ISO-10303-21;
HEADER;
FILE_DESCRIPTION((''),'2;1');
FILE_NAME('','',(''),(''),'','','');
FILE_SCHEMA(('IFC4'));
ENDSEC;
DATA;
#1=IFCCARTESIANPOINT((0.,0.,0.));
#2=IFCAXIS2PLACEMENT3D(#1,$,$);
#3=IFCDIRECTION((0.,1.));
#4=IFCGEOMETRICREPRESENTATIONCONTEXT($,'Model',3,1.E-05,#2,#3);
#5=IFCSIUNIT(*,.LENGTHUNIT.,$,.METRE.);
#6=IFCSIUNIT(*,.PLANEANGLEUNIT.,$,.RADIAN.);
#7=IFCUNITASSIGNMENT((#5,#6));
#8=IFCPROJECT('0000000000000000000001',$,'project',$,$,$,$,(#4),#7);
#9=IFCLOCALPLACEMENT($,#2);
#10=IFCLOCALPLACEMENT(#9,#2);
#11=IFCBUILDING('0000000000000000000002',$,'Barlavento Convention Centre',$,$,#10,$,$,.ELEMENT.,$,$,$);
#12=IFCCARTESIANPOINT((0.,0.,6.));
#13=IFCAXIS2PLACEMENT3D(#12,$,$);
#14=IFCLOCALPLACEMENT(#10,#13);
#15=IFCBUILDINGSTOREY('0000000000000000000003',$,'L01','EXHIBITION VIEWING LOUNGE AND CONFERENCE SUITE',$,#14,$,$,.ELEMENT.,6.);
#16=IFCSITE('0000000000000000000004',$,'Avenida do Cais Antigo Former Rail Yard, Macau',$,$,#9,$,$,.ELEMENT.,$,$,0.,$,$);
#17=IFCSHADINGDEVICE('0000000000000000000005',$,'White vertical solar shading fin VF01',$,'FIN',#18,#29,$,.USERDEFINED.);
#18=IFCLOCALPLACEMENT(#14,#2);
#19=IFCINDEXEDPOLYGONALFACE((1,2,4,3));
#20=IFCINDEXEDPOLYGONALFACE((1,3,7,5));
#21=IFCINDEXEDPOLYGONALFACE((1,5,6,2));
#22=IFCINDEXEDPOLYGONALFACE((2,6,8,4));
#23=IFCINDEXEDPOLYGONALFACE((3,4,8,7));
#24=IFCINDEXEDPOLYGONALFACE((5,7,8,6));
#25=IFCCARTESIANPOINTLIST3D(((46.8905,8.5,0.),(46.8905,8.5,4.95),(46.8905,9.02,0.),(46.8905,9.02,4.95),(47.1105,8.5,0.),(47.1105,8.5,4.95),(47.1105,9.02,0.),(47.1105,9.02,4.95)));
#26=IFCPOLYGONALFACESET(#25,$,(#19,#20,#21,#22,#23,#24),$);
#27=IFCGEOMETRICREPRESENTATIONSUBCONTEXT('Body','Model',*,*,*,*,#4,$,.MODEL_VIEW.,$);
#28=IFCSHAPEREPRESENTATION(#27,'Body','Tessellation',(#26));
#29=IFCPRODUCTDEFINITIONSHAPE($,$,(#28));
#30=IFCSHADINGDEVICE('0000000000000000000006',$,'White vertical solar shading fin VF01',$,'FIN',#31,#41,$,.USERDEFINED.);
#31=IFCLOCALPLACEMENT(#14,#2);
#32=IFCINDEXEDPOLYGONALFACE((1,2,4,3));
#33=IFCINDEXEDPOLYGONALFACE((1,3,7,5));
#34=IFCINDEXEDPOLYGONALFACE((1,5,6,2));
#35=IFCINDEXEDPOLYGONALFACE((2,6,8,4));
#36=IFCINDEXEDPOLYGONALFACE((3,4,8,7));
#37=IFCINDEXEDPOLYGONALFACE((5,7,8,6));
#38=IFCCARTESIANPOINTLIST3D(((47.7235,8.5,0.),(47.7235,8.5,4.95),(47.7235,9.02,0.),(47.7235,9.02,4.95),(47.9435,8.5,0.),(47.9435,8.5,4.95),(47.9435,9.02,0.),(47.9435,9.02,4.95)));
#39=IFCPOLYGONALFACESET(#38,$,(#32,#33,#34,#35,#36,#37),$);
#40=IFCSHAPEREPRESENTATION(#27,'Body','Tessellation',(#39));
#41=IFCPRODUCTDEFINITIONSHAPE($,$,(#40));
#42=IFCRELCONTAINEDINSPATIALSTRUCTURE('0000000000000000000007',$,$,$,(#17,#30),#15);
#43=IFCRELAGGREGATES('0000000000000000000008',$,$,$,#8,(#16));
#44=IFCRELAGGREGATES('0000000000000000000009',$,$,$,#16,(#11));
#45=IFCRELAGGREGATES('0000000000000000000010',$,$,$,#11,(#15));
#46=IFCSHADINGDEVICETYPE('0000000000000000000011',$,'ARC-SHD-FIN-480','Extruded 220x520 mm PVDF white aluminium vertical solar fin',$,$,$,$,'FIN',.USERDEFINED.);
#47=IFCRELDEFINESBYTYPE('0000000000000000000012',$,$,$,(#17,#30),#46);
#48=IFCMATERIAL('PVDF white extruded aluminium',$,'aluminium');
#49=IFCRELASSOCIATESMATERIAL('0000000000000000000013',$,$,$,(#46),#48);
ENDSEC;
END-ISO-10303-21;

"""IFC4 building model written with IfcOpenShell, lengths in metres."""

from ifc_helpers import new_model, si_unit, direction, frame, origin, origin_2d, place, context, subcontext, project, spatial, rectangle, extrude, material, type_object, element, save


model = new_model("IFC4")

# Units and contexts
model_context = context("Model", 3, precision=1e-05, world=origin(), true_north=direction((0.0, 1.0)))
body_context = subcontext(model_context, "Body", "Model", "MODEL_VIEW")
ifc_project = project(units=[si_unit("LENGTHUNIT", "METRE"), si_unit("PLANEANGLEUNIT", "RADIAN")], contexts=[model_context])

# Site, building, storey
site_placement = place(None, origin())
site = spatial("IfcSite", under=ifc_project, at=site_placement, Name="Avenida do Cais Antigo Former Rail Yard, Macau", CompositionType="ELEMENT", RefElevation=0.0)
building_placement = place(site_placement, origin())
building = spatial("IfcBuilding", under=site, at=building_placement, Name="Barlavento Convention Centre", CompositionType="ELEMENT")
storey_placement = place(building_placement, frame((0.0, 0.0, 6.0)))
storey = spatial("IfcBuildingStorey", under=building, at=storey_placement, Name="L01", Description="EXHIBITION VIEWING LOUNGE AND CONFERENCE SUITE", CompositionType="ELEMENT", Elevation=6.0)

# Shading devices
ifc_material_1 = material(Name="PVDF white extruded aluminium", Category="aluminium")
shading_device_type = type_object("IfcShadingDeviceType", Name="ARC-SHD-FIN-480", Description="Extruded 220x520 mm PVDF white aluminium vertical solar fin", ElementType="FIN", PredefinedType="USERDEFINED", material=ifc_material_1)
for number, where, z_axis, x_axis, name in (
    (1, (47.0005, 8.76, 0.0), (0.0, 0.0, 1.0), (1.0, 0.0, 0.0), "White vertical solar shading fin VF01"),
    (2, (47.8335, 8.76, 0.0), (0.0, 0.0, 1.0), (1.0, 0.0, 0.0), "White vertical solar shading fin VF01"),
):
    element("IfcShadingDevice", number, at=place(storey_placement, frame(where, z_axis=z_axis, x_axis=x_axis)), inside=storey, type_object=shading_device_type, Name=name, ObjectType="FIN", PredefinedType="USERDEFINED", context=body_context, shape_type="SweptSolid", body=[
        extrude(rectangle(XDim=0.22, YDim=0.52, at=origin_2d()), origin(), (0.0, 0.0, 1.0), 4.95),
    ])

save(model, "model.ifc")
